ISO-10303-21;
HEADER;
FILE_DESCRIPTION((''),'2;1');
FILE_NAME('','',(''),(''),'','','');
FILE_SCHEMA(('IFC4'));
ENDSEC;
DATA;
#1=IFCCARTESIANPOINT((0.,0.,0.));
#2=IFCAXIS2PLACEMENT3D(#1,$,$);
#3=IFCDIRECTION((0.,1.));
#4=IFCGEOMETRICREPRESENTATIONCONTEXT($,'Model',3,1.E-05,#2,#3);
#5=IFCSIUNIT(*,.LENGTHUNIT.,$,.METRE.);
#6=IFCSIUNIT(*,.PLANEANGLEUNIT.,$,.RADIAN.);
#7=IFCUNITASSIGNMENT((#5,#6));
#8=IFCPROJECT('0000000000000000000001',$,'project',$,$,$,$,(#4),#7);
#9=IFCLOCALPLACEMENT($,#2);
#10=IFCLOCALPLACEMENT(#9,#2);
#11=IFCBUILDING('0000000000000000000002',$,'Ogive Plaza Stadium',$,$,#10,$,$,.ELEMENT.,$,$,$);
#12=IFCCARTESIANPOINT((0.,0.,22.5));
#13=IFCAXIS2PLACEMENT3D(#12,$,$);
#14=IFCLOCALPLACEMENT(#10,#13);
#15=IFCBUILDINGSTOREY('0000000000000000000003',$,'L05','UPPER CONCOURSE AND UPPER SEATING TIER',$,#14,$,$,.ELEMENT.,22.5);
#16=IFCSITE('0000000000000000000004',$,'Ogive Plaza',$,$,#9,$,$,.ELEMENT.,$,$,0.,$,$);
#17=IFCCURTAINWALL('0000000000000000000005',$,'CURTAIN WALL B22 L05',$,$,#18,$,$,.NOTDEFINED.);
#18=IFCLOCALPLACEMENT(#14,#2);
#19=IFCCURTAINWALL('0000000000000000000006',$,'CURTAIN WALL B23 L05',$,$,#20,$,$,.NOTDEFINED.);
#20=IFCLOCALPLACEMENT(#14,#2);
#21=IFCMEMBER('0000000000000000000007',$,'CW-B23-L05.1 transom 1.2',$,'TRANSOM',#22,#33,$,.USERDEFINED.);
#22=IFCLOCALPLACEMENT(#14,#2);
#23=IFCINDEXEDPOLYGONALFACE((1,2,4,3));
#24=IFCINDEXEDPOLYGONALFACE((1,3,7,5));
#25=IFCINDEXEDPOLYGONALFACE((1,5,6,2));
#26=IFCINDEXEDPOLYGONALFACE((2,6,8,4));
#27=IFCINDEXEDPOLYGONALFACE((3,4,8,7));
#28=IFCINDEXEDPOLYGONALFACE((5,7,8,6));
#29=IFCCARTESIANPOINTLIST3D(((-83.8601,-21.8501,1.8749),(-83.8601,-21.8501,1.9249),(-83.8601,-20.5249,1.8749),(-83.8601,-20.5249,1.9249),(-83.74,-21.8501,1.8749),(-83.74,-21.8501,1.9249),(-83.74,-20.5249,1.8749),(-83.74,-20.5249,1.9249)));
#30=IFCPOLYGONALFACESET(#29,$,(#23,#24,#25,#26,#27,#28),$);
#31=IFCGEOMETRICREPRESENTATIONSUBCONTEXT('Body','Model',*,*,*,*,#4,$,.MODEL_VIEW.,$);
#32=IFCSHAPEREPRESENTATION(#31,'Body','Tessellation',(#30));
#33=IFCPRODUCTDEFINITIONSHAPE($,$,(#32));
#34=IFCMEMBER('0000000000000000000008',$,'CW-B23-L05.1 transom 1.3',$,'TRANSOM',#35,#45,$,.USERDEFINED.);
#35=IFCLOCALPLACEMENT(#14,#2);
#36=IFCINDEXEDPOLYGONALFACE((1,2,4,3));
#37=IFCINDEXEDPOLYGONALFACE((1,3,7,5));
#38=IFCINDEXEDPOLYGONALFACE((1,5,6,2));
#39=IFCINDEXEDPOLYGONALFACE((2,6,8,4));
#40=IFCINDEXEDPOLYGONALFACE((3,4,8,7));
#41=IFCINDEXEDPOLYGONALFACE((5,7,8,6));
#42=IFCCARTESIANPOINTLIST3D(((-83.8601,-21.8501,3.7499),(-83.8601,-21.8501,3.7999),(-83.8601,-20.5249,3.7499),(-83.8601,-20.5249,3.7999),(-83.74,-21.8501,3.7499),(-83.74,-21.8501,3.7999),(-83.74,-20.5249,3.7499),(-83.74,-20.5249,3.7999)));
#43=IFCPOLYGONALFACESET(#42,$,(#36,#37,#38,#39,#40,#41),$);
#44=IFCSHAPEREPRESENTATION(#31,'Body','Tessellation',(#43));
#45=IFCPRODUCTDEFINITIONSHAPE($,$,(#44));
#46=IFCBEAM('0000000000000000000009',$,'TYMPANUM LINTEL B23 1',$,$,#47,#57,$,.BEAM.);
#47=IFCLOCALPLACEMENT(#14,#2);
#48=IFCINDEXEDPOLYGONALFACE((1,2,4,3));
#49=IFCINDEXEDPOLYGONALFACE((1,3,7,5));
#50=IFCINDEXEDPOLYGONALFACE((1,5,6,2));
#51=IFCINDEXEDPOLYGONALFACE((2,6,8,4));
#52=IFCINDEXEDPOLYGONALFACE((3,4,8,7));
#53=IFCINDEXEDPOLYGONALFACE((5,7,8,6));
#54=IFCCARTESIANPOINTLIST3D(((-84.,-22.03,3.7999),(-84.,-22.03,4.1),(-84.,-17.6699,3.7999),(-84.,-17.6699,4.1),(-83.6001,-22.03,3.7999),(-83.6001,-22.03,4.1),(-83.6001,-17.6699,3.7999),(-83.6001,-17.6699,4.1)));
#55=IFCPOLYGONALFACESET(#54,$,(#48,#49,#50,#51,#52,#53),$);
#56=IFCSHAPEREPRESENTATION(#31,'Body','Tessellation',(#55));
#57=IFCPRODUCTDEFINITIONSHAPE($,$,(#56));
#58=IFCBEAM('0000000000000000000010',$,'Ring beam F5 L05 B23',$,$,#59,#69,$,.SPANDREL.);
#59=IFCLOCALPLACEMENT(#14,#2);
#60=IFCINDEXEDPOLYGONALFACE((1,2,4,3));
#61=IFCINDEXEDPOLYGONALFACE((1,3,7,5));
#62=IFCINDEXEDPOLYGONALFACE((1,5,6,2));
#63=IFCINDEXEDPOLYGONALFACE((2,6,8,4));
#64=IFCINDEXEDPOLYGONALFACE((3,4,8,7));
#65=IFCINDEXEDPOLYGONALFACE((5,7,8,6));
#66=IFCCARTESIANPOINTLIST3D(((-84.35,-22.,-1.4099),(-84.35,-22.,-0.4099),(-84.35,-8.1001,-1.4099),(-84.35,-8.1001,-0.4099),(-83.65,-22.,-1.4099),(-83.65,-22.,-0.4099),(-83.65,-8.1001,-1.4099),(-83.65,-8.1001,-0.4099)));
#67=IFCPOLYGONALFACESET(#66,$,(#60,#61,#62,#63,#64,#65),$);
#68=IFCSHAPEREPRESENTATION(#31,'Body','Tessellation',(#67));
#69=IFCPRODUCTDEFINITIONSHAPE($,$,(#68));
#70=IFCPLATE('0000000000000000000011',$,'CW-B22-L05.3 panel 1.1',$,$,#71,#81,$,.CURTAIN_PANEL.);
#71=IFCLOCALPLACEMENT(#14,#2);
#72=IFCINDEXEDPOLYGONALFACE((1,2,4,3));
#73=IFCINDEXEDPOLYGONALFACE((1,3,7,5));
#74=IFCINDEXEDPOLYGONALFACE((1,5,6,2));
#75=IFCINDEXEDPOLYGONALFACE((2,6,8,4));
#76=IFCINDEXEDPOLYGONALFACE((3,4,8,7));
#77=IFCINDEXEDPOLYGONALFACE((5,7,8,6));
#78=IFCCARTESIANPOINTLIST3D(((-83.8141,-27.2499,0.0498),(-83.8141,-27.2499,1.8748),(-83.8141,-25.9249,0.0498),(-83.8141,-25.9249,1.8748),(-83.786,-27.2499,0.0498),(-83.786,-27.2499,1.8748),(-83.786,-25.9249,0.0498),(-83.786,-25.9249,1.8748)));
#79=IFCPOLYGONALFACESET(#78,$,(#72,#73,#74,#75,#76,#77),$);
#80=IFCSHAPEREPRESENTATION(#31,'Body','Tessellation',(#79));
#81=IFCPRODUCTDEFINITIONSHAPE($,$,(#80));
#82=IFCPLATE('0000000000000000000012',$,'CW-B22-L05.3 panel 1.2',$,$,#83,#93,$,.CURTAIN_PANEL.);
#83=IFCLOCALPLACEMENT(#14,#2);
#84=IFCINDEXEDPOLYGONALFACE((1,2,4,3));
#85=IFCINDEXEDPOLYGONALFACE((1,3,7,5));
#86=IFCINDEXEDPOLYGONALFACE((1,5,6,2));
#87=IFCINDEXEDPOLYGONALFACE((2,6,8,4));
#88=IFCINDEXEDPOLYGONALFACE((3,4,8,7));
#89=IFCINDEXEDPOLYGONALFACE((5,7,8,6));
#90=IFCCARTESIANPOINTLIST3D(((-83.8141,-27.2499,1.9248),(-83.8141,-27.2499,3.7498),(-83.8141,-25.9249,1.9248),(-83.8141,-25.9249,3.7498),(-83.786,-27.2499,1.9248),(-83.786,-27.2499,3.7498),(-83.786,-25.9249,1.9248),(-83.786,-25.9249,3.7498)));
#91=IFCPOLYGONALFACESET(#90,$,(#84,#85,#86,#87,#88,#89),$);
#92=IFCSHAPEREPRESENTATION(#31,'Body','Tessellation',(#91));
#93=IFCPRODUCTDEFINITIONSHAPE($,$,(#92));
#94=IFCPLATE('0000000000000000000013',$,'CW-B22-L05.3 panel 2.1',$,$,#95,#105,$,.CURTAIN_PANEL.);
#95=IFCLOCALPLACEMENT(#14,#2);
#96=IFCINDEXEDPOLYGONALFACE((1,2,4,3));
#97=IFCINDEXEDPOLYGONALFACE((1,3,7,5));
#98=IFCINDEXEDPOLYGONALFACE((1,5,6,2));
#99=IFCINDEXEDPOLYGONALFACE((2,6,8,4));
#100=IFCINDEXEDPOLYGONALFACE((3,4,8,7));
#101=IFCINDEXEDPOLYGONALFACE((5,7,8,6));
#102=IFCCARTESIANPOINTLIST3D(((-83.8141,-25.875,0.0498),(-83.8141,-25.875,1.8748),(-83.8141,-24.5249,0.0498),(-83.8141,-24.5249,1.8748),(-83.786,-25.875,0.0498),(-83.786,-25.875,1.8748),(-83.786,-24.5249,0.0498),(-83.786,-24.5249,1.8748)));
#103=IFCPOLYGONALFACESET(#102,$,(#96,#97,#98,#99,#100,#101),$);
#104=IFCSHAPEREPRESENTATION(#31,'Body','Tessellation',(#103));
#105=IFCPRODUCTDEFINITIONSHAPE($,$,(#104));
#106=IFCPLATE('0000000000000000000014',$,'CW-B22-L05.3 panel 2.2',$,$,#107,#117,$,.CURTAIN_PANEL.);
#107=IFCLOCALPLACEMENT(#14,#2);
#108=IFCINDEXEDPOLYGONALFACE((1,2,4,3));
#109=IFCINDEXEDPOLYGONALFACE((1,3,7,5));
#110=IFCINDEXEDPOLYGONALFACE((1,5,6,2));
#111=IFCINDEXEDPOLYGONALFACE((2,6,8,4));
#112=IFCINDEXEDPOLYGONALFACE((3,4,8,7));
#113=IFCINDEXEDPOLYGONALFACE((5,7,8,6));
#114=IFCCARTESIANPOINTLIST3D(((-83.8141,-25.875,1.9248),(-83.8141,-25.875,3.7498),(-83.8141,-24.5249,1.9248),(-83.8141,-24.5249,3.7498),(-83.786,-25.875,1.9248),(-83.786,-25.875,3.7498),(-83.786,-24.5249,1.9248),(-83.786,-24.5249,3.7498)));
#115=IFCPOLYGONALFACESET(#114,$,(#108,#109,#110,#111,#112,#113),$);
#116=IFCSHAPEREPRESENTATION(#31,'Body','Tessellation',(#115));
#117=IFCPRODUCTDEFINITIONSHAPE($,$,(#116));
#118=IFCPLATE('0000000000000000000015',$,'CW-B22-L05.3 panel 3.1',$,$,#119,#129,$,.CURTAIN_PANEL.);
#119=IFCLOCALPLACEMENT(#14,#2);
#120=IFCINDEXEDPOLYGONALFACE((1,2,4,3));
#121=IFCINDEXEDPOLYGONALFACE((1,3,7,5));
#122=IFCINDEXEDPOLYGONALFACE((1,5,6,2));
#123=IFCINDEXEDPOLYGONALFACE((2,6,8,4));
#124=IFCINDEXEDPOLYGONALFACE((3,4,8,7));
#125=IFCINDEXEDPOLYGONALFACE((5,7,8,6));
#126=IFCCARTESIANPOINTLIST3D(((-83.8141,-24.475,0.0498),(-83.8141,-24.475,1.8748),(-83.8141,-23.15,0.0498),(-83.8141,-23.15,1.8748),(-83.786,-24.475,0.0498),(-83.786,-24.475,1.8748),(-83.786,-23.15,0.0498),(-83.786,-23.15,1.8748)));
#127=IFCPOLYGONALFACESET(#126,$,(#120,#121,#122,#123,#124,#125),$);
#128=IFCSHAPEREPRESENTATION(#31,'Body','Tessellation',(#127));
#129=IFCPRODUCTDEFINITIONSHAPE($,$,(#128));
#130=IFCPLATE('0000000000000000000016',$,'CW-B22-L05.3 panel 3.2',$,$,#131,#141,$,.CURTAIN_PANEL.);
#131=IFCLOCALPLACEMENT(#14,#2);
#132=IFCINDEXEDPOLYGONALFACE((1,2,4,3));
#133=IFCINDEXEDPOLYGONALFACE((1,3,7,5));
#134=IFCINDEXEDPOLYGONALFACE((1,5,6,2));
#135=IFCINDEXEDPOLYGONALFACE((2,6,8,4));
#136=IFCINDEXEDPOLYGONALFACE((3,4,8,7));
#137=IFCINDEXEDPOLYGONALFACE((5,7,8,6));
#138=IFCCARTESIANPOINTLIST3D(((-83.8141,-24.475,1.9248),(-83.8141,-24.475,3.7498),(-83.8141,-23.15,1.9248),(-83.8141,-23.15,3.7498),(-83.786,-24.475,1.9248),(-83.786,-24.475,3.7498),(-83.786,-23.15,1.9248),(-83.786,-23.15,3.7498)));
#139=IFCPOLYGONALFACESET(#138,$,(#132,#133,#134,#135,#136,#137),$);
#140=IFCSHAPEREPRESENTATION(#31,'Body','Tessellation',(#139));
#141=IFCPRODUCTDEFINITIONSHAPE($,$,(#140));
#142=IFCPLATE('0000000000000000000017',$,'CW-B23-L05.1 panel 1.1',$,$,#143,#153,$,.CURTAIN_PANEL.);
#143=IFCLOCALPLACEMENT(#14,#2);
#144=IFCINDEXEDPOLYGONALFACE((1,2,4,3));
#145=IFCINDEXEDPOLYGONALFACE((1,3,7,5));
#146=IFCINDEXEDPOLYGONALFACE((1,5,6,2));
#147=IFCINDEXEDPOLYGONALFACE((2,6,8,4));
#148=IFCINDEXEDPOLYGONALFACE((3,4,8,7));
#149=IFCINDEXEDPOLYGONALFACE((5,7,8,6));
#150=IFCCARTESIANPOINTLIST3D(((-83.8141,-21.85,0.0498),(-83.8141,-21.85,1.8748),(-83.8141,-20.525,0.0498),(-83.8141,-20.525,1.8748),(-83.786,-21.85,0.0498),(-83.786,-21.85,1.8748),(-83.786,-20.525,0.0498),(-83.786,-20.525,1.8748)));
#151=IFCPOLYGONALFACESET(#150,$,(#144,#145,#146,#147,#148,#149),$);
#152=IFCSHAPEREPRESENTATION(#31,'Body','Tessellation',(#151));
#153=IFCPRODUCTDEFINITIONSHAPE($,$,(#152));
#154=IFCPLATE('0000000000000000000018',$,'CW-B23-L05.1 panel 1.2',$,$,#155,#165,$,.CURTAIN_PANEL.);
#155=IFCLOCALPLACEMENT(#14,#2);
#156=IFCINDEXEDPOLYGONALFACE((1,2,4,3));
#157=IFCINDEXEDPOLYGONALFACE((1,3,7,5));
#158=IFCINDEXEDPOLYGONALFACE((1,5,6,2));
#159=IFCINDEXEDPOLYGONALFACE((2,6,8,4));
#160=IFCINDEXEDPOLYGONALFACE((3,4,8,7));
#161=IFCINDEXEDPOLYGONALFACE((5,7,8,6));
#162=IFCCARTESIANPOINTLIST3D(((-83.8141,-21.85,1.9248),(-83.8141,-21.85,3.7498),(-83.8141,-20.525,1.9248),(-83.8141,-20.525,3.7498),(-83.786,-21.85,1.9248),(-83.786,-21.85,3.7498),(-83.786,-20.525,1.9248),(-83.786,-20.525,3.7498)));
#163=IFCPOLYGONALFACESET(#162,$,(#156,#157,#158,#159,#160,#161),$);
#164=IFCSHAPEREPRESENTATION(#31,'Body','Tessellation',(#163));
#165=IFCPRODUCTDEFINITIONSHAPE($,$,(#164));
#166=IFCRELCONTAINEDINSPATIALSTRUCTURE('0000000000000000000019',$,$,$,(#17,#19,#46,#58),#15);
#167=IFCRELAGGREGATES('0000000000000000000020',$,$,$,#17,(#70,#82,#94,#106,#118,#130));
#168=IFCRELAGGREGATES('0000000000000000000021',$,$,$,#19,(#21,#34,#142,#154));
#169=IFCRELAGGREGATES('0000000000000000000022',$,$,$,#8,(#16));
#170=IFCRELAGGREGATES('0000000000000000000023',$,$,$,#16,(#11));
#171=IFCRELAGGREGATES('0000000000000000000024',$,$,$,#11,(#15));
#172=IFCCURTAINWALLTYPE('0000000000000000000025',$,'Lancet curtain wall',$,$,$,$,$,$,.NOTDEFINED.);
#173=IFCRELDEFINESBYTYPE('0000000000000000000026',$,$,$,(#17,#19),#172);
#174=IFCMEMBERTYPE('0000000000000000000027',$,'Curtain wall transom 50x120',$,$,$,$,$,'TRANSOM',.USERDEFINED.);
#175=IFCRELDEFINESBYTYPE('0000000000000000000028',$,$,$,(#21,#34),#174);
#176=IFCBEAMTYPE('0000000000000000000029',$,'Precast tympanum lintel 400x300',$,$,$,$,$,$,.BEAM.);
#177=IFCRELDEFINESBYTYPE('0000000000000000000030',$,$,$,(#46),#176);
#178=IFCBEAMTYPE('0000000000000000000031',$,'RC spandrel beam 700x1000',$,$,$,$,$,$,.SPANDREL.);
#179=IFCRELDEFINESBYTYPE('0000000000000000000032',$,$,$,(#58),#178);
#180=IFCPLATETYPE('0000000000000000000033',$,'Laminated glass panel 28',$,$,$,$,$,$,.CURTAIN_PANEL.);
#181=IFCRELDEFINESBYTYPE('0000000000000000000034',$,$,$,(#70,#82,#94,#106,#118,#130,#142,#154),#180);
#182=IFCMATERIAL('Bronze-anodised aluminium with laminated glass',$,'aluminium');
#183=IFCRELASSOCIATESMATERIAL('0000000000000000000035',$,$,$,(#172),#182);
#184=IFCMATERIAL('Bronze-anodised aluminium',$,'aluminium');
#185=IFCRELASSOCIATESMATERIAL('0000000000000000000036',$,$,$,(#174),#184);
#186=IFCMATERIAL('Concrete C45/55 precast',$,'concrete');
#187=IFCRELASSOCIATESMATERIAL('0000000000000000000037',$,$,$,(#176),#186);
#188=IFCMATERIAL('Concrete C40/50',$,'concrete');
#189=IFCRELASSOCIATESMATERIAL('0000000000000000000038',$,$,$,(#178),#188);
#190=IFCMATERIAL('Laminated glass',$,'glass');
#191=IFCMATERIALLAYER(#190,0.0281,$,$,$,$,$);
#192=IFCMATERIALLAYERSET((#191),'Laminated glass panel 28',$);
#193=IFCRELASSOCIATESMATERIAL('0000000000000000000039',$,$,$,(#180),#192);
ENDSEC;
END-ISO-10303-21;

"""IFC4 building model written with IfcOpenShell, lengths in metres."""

from ifc_helpers import new_model, si_unit, direction, frame, origin, origin_2d, place, context, subcontext, project, spatial, rectangle, extrude, material, layer, layer_set, material_profile, profile_set, type_object, element, aggregate, save


model = new_model("IFC4")

# Units and contexts
model_context = context("Model", 3, precision=1e-05, world=origin(), true_north=direction((0.0, 1.0)))
body_context = subcontext(model_context, "Body", "Model", "MODEL_VIEW")
ifc_project = project(units=[si_unit("LENGTHUNIT", "METRE"), si_unit("PLANEANGLEUNIT", "RADIAN")], contexts=[model_context])

# Site, building, storey
site_placement = place(None, origin())
site = spatial("IfcSite", under=ifc_project, at=site_placement, Name="Ogive Plaza", CompositionType="ELEMENT", RefElevation=0.0)
building_placement = place(site_placement, origin())
building = spatial("IfcBuilding", under=site, at=building_placement, Name="Ogive Plaza Stadium", CompositionType="ELEMENT")
storey_placement = place(building_placement, frame((0.0, 0.0, 22.5)))
storey = spatial("IfcBuildingStorey", under=building, at=storey_placement, Name="L05", Description="UPPER CONCOURSE AND UPPER SEATING TIER", CompositionType="ELEMENT", Elevation=22.5)

# Curtain walls
ifc_material_1 = material(Name="Bronze-anodised aluminium with laminated glass", Category="aluminium")
curtain_wall_type = type_object("IfcCurtainWallType", Name="Lancet curtain wall", PredefinedType="NOTDEFINED", material=ifc_material_1)
curtain_wall_1_placement = place(storey_placement, origin())
curtain_wall_1 = element("IfcCurtainWall", 1, at=curtain_wall_1_placement, inside=storey, type_object=curtain_wall_type, Name="CURTAIN WALL B22 L05", PredefinedType="NOTDEFINED")
curtain_wall_2_placement = place(storey_placement, origin())
curtain_wall_2 = element("IfcCurtainWall", 2, at=curtain_wall_2_placement, inside=storey, type_object=curtain_wall_type, Name="CURTAIN WALL B23 L05", PredefinedType="NOTDEFINED")

# Members
ifc_material_2 = material(Name="Bronze-anodised aluminium", Category="aluminium")
ifc_material_profile_1 = material_profile(ifc_material_2, rectangle(XDim=0.1201, YDim=0.05, at=origin_2d()), Name="AL 120x50")
ifc_profile_set_1 = profile_set([ifc_material_profile_1], Name="Bronze-anodised aluminium")
member_type_1 = type_object("IfcMemberType", Name="Curtain wall transom 50x120", ElementType="TRANSOM", PredefinedType="USERDEFINED", material=ifc_profile_set_1)
member_1_placement = place(storey_placement, frame((-83.8, -21.8501, 1.8999), z_axis=(0.0, 1.0, 0.0), x_axis=(-1.0, 0.0, 0.0)))
member_1 = element("IfcMember", 3, at=member_1_placement, type_object=member_type_1, Name="CW-B23-L05.1 transom 1.2", ObjectType="TRANSOM", PredefinedType="USERDEFINED", context=body_context, shape_type="SweptSolid", body=[
    extrude(rectangle(XDim=0.1201, YDim=0.05, at=origin_2d()), origin(), (0.0, 0.0, 1.0), 1.3252),
])
member_2_placement = place(storey_placement, frame((-83.8, -21.8501, 3.7749), z_axis=(0.0, 1.0, 0.0), x_axis=(-1.0, 0.0, 0.0)))
member_2 = element("IfcMember", 4, at=member_2_placement, type_object=member_type_1, Name="CW-B23-L05.1 transom 1.3", ObjectType="TRANSOM", PredefinedType="USERDEFINED", context=body_context, shape_type="SweptSolid", body=[
    extrude(rectangle(XDim=0.1201, YDim=0.05, at=origin_2d()), origin(), (0.0, 0.0, 1.0), 1.3252),
])

# Beams
ifc_material_3 = material(Name="Concrete C45/55 precast", Category="concrete")
ifc_material_profile_2 = material_profile(ifc_material_3, rectangle(XDim=0.3999, YDim=0.3, at=origin_2d()), Name="RC 400x300")
ifc_profile_set_2 = profile_set([ifc_material_profile_2], Name="Concrete C45/55 precast")
beam_type_1 = type_object("IfcBeamType", Name="Precast tympanum lintel 400x300", PredefinedType="BEAM", material=ifc_profile_set_2)
beam_1_placement = place(storey_placement, frame((-83.8, -22.03, 3.95), z_axis=(0.0, 1.0, 0.0), x_axis=(-1.0, 0.0, 0.0)))
element("IfcBeam", 5, at=beam_1_placement, inside=storey, type_object=beam_type_1, Name="TYMPANUM LINTEL B23 1", PredefinedType="BEAM", context=body_context, shape_type="SweptSolid", body=[
    extrude(rectangle(XDim=0.3999, YDim=0.3, at=origin_2d()), origin(), (0.0, 0.0, 1.0), 4.3601),
])
ifc_material_4 = material(Name="Concrete C40/50", Category="concrete")
ifc_material_profile_3 = material_profile(ifc_material_4, rectangle(XDim=0.7, YDim=1.0, at=origin_2d()), Name="RC 700x1000")
ifc_profile_set_3 = profile_set([ifc_material_profile_3], Name="Concrete C40/50")
beam_type_2 = type_object("IfcBeamType", Name="RC spandrel beam 700x1000", PredefinedType="SPANDREL", material=ifc_profile_set_3)
beam_2_placement = place(storey_placement, frame((-84.0, -22.0, -0.9099), z_axis=(0.0, 1.0, 0.0), x_axis=(-1.0, 0.0, 0.0)))
element("IfcBeam", 6, at=beam_2_placement, inside=storey, type_object=beam_type_2, Name="Ring beam F5 L05 B23", PredefinedType="SPANDREL", context=body_context, shape_type="SweptSolid", body=[
    extrude(rectangle(XDim=0.7, YDim=1.0, at=origin_2d()), origin(), (0.0, 0.0, 1.0), 13.8999),
])

# Plates
ifc_material_5 = material(Name="Laminated glass", Category="glass")
ifc_layer_1 = layer(ifc_material_5, 0.0281)
ifc_layer_set_1 = layer_set([ifc_layer_1], Name="Laminated glass panel 28")
plate_type = type_object("IfcPlateType", Name="Laminated glass panel 28", PredefinedType="CURTAIN_PANEL", material=ifc_layer_set_1)
plate_1_placement = place(storey_placement, frame((-83.8, -26.5874, 0.0498), z_axis=(0.0, 0.0, 1.0), x_axis=(0.0, 1.0, 0.0)))
plate_1 = element("IfcPlate", 7, at=plate_1_placement, type_object=plate_type, Name="CW-B22-L05.3 panel 1.1", PredefinedType="CURTAIN_PANEL", context=body_context, shape_type="SweptSolid", body=[
    extrude(rectangle(XDim=1.325, YDim=0.0281, at=origin_2d()), origin(), (0.0, 0.0, 1.0), 1.825),
])
plate_2_placement = place(storey_placement, frame((-83.8, -26.5874, 1.9248), z_axis=(0.0, 0.0, 1.0), x_axis=(0.0, 1.0, 0.0)))
plate_2 = element("IfcPlate", 8, at=plate_2_placement, type_object=plate_type, Name="CW-B22-L05.3 panel 1.2", PredefinedType="CURTAIN_PANEL", context=body_context, shape_type="SweptSolid", body=[
    extrude(rectangle(XDim=1.325, YDim=0.0281, at=origin_2d()), origin(), (0.0, 0.0, 1.0), 1.825),
])
plate_3_placement = place(storey_placement, frame((-83.8, -25.2, 0.0498), z_axis=(0.0, 0.0, 1.0), x_axis=(0.0, 1.0, 0.0)))
plate_3 = element("IfcPlate", 9, at=plate_3_placement, type_object=plate_type, Name="CW-B22-L05.3 panel 2.1", PredefinedType="CURTAIN_PANEL", context=body_context, shape_type="SweptSolid", body=[
    extrude(rectangle(XDim=1.3501, YDim=0.0281, at=origin_2d()), origin(), (0.0, 0.0, 1.0), 1.825),
])
plate_4_placement = place(storey_placement, frame((-83.8, -25.2, 1.9248), z_axis=(0.0, 0.0, 1.0), x_axis=(0.0, 1.0, 0.0)))
plate_4 = element("IfcPlate", 10, at=plate_4_placement, type_object=plate_type, Name="CW-B22-L05.3 panel 2.2", PredefinedType="CURTAIN_PANEL", context=body_context, shape_type="SweptSolid", body=[
    extrude(rectangle(XDim=1.3501, YDim=0.0281, at=origin_2d()), origin(), (0.0, 0.0, 1.0), 1.825),
])
plate_5_placement = place(storey_placement, frame((-83.8, -23.8125, 0.0498), z_axis=(0.0, 0.0, 1.0), x_axis=(0.0, 1.0, 0.0)))
plate_5 = element("IfcPlate", 11, at=plate_5_placement, type_object=plate_type, Name="CW-B22-L05.3 panel 3.1", PredefinedType="CURTAIN_PANEL", context=body_context, shape_type="SweptSolid", body=[
    extrude(rectangle(XDim=1.325, YDim=0.0281, at=origin_2d()), origin(), (0.0, 0.0, 1.0), 1.825),
])
plate_6_placement = place(storey_placement, frame((-83.8, -23.8125, 1.9248), z_axis=(0.0, 0.0, 1.0), x_axis=(0.0, 1.0, 0.0)))
plate_6 = element("IfcPlate", 12, at=plate_6_placement, type_object=plate_type, Name="CW-B22-L05.3 panel 3.2", PredefinedType="CURTAIN_PANEL", context=body_context, shape_type="SweptSolid", body=[
    extrude(rectangle(XDim=1.325, YDim=0.0281, at=origin_2d()), origin(), (0.0, 0.0, 1.0), 1.825),
])
aggregate(curtain_wall_1, [plate_1, plate_2, plate_3, plate_4, plate_5, plate_6])
plate_7_placement = place(storey_placement, frame((-83.8, -21.1875, 0.0498), z_axis=(0.0, 0.0, 1.0), x_axis=(0.0, 1.0, 0.0)))
plate_7 = element("IfcPlate", 13, at=plate_7_placement, type_object=plate_type, Name="CW-B23-L05.1 panel 1.1", PredefinedType="CURTAIN_PANEL", context=body_context, shape_type="SweptSolid", body=[
    extrude(rectangle(XDim=1.325, YDim=0.0281, at=origin_2d()), origin(), (0.0, 0.0, 1.0), 1.825),
])
plate_8_placement = place(storey_placement, frame((-83.8, -21.1875, 1.9248), z_axis=(0.0, 0.0, 1.0), x_axis=(0.0, 1.0, 0.0)))
plate_8 = element("IfcPlate", 14, at=plate_8_placement, type_object=plate_type, Name="CW-B23-L05.1 panel 1.2", PredefinedType="CURTAIN_PANEL", context=body_context, shape_type="SweptSolid", body=[
    extrude(rectangle(XDim=1.325, YDim=0.0281, at=origin_2d()), origin(), (0.0, 0.0, 1.0), 1.825),
])
aggregate(curtain_wall_2, [member_1, member_2, plate_7, plate_8])

save(model, "model.ifc")
